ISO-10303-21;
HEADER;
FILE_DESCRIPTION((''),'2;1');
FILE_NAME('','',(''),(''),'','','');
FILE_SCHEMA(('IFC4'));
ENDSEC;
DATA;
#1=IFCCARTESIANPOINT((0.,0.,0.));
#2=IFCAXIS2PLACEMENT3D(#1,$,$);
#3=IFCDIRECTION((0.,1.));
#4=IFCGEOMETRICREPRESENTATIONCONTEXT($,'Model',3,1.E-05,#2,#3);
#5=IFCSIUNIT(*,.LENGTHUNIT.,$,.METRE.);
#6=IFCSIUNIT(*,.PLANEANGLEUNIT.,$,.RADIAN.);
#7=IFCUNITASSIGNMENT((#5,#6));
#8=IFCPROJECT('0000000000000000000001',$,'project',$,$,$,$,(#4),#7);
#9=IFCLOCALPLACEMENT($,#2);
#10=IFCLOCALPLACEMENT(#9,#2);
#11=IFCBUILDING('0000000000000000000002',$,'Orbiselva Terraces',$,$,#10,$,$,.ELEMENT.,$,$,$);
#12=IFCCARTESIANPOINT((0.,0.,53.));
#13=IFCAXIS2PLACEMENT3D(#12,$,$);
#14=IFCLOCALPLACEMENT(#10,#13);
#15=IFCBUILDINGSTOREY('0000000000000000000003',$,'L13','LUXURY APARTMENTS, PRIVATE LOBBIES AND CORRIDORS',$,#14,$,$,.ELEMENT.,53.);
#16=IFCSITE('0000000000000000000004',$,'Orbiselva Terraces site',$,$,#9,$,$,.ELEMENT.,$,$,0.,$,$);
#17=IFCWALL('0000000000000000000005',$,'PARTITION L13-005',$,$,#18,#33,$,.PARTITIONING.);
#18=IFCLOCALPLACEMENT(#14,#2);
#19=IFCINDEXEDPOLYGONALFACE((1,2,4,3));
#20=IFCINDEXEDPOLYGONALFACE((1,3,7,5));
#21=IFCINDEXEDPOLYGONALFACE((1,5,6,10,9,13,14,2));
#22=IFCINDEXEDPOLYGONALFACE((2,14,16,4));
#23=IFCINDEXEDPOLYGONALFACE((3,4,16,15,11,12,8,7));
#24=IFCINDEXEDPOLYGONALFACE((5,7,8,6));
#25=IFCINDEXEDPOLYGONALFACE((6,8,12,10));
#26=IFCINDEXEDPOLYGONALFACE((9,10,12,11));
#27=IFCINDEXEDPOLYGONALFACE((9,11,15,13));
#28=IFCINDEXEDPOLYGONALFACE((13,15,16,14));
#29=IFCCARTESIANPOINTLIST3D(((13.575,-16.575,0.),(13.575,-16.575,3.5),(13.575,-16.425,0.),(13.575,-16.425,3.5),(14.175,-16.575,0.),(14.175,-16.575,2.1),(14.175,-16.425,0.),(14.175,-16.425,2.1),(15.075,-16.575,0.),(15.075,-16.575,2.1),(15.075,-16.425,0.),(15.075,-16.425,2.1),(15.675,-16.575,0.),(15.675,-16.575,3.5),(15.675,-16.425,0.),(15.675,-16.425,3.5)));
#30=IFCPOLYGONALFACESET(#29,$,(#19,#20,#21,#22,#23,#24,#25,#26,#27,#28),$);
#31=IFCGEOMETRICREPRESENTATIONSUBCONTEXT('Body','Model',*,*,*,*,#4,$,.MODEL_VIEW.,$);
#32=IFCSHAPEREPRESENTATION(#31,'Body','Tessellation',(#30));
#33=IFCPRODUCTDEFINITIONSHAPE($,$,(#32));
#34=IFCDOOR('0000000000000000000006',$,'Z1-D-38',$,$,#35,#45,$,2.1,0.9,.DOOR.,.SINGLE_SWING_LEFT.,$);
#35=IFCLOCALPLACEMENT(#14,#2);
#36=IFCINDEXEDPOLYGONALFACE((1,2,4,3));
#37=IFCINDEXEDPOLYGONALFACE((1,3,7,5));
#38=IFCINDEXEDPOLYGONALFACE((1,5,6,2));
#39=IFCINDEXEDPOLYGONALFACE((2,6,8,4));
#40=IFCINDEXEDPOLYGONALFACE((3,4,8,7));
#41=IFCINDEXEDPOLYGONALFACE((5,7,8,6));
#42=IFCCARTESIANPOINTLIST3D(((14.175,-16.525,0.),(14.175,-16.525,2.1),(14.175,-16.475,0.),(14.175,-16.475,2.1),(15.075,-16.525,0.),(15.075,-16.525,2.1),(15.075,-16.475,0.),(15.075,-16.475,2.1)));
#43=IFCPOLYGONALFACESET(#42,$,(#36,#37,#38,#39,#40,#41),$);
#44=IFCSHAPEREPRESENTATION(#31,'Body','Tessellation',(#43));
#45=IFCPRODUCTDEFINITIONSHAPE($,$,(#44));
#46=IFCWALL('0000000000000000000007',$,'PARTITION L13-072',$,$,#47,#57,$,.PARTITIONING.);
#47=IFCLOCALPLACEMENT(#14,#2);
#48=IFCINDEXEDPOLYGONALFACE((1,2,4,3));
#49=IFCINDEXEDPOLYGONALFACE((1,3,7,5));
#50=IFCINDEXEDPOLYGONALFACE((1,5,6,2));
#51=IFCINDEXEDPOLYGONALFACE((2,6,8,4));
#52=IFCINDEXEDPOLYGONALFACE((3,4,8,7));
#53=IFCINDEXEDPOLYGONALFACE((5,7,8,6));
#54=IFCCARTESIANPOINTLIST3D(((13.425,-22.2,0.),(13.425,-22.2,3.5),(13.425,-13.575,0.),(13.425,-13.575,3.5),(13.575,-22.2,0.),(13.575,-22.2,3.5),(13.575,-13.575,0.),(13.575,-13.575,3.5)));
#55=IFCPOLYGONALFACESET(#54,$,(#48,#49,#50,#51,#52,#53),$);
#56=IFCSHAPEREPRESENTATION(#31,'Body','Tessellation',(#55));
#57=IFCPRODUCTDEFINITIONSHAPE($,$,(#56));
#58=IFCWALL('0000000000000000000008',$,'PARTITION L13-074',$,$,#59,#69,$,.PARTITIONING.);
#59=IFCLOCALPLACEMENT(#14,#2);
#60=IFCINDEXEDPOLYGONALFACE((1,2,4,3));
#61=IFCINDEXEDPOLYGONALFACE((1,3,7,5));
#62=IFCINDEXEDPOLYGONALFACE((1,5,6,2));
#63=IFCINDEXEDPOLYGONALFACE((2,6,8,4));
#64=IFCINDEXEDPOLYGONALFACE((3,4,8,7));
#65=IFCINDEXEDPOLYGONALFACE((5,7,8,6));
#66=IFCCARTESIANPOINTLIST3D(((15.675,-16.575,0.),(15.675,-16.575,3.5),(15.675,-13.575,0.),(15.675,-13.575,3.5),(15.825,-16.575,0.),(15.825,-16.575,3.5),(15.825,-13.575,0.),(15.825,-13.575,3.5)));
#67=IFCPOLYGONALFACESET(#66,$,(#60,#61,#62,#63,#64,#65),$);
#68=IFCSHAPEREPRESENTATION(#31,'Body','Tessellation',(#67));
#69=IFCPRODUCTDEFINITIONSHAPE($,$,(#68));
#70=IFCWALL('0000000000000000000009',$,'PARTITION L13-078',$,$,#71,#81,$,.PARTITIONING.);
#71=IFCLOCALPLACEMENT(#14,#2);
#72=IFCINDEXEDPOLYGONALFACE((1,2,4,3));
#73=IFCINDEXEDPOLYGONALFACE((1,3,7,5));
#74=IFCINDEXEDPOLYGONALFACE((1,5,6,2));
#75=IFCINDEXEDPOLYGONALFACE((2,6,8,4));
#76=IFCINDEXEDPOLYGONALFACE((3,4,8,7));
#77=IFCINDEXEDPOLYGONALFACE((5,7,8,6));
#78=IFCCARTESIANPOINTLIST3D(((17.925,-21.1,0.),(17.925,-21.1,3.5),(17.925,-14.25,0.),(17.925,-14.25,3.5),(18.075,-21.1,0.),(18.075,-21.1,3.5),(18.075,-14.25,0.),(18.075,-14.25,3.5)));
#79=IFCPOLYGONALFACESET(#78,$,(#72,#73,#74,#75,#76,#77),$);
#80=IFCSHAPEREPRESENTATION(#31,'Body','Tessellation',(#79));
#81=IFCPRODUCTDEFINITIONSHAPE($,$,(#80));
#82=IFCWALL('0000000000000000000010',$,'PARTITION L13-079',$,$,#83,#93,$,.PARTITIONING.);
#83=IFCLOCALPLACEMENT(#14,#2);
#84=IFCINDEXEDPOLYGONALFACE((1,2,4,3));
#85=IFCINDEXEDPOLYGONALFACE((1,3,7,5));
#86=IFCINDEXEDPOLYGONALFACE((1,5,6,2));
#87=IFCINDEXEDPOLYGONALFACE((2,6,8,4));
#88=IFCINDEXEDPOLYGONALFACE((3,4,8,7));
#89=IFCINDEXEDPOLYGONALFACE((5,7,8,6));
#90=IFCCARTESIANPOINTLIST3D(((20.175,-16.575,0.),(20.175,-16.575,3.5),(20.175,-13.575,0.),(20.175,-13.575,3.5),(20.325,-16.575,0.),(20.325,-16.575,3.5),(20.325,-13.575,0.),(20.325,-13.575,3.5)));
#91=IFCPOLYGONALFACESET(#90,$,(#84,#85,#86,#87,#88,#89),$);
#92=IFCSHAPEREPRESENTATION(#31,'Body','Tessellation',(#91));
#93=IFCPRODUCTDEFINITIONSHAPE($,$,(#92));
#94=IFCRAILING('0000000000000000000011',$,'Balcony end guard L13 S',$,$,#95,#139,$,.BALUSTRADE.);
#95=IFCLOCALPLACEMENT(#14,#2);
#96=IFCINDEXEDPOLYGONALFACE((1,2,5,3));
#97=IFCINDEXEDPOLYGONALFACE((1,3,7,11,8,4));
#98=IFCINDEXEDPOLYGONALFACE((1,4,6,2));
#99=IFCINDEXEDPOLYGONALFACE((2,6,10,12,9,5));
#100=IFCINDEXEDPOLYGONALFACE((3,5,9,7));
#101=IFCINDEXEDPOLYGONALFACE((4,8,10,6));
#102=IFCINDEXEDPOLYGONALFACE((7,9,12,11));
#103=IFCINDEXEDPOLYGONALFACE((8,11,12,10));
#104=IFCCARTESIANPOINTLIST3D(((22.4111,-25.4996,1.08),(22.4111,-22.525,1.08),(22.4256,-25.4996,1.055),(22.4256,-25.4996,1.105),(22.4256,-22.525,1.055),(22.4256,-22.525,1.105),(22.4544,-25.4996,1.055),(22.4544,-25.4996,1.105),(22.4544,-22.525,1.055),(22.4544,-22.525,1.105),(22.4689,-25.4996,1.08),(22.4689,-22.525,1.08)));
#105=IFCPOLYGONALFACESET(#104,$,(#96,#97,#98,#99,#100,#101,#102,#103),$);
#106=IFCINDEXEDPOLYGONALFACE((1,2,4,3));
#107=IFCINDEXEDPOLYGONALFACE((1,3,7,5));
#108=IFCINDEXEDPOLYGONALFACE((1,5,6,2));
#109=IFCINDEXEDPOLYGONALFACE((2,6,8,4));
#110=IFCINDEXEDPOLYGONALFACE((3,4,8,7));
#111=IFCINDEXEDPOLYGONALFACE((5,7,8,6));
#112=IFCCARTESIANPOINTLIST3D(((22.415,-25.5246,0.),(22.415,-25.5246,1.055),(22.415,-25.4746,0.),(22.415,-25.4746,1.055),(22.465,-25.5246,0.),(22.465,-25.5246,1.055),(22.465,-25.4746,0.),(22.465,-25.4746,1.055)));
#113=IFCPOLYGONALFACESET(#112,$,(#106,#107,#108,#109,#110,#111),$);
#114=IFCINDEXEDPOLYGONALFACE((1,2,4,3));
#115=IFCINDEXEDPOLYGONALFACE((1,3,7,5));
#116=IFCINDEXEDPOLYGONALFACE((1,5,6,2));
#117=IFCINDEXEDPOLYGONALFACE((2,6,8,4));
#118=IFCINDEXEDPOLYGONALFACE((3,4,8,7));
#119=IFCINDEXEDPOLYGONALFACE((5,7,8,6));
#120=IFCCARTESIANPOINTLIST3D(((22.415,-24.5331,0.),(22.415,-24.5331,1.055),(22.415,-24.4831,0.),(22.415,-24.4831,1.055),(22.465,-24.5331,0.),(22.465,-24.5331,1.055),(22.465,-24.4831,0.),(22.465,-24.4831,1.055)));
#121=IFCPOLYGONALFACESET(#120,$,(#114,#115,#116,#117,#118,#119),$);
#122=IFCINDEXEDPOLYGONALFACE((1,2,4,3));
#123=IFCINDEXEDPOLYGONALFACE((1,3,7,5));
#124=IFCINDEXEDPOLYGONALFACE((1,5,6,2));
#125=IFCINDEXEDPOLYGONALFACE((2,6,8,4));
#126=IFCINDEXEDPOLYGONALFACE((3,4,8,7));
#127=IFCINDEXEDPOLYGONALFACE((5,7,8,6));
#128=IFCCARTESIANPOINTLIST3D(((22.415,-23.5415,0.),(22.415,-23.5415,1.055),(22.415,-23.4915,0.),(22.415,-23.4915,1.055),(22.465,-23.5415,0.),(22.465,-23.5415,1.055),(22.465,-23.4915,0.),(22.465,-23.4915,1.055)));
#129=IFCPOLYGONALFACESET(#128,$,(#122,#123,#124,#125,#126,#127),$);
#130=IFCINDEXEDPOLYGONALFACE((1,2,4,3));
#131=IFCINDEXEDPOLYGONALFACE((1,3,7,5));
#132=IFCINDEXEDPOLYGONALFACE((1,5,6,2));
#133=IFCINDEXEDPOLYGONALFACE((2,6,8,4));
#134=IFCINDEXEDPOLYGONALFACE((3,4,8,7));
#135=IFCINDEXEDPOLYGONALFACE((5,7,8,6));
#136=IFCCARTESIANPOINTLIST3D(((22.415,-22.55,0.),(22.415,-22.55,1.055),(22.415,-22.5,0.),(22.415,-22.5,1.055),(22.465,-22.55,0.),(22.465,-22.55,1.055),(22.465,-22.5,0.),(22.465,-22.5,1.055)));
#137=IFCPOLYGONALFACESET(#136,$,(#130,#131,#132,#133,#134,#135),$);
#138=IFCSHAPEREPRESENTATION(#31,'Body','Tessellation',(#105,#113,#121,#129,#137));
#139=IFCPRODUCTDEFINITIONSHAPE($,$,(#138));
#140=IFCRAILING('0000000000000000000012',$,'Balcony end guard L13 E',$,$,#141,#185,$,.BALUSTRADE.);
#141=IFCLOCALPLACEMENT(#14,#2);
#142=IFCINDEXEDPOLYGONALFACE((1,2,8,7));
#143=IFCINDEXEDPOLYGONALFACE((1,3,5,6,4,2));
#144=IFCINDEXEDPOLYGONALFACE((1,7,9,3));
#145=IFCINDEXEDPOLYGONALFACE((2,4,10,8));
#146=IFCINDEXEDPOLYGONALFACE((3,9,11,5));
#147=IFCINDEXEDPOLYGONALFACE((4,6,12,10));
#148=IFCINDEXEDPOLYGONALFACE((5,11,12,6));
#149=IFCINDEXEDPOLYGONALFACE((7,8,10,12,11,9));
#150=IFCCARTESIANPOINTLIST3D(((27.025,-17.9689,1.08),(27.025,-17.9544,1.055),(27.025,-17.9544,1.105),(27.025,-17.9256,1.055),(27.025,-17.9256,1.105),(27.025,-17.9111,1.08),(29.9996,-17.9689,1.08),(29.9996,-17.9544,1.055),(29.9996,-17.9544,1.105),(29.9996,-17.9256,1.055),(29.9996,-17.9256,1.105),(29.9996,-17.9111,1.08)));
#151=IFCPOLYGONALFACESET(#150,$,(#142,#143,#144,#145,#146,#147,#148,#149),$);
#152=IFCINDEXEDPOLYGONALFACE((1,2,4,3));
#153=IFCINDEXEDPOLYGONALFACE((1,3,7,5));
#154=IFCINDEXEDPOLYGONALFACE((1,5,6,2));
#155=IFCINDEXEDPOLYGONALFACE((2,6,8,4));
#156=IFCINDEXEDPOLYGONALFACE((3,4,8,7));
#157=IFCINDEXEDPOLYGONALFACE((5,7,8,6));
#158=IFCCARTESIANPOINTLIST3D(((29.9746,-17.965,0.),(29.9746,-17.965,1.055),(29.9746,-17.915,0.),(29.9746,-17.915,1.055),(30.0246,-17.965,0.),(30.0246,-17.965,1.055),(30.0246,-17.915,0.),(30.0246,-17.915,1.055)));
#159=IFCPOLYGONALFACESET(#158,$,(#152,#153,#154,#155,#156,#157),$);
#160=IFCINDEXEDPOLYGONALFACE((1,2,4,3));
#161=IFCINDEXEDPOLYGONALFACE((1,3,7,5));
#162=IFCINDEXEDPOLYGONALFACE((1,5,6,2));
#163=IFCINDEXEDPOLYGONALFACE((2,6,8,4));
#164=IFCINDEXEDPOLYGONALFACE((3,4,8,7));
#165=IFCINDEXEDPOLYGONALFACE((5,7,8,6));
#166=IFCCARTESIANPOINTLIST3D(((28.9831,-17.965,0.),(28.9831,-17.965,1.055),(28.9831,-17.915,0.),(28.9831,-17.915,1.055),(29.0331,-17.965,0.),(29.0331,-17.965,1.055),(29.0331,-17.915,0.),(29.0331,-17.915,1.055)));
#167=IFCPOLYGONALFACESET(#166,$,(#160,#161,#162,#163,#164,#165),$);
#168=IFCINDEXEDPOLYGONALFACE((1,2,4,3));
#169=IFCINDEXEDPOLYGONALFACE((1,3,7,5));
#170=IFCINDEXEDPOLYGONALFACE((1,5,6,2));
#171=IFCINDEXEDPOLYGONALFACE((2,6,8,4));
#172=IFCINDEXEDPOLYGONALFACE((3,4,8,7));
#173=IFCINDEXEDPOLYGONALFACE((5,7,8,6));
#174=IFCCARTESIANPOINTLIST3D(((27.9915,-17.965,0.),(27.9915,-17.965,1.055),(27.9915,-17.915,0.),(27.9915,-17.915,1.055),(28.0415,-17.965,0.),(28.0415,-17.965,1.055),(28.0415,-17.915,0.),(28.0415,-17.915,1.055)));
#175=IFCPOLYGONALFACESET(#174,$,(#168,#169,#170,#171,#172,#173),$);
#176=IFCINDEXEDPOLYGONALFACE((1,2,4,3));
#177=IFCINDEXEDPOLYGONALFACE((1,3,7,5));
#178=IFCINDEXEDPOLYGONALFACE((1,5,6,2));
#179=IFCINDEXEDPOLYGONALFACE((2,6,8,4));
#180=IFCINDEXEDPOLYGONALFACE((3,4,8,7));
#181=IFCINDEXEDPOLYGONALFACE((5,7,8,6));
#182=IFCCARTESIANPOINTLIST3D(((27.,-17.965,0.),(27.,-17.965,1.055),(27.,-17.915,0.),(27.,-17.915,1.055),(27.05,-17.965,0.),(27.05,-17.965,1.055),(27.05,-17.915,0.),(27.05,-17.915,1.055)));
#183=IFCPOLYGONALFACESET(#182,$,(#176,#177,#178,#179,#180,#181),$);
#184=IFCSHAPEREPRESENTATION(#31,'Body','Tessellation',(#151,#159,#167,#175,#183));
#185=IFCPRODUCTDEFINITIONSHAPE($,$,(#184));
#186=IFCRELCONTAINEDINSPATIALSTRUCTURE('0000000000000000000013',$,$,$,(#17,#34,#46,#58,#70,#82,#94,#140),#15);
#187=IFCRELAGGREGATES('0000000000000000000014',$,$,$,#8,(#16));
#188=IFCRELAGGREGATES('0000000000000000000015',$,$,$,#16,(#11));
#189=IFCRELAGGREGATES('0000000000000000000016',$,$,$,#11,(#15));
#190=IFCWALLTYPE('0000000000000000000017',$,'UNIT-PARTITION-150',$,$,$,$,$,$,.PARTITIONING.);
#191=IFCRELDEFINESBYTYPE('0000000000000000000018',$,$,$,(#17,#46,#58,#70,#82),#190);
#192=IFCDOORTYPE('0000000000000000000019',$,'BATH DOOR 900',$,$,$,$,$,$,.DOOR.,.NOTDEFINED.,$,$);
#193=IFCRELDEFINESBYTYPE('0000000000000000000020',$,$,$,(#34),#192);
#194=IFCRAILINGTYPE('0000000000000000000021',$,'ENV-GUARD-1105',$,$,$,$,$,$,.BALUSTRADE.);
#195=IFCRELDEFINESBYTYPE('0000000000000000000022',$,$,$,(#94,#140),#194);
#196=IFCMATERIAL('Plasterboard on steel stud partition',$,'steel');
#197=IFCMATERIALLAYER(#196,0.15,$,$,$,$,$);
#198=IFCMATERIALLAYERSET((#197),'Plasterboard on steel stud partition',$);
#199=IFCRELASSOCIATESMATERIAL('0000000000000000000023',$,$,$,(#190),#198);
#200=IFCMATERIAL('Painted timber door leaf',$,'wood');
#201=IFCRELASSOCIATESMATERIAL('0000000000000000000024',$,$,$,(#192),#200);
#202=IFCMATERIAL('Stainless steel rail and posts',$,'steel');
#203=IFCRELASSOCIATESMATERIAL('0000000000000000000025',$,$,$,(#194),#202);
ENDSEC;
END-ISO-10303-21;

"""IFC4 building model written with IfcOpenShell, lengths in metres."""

from ifc_helpers import new_model, si_unit, direction, frame, frame_2d, origin, origin_2d, place, context, subcontext, project, spatial, polyline, rectangle, outline, extrude, material, layer, layer_set, type_object, element, fill, save


model = new_model("IFC4")

# Units and contexts
model_context = context("Model", 3, precision=1e-05, world=origin(), true_north=direction((0.0, 1.0)))
body_context = subcontext(model_context, "Body", "Model", "MODEL_VIEW")
ifc_project = project(units=[si_unit("LENGTHUNIT", "METRE"), si_unit("PLANEANGLEUNIT", "RADIAN")], contexts=[model_context])

# Site, building, storey
site_placement = place(None, origin())
site = spatial("IfcSite", under=ifc_project, at=site_placement, Name="Orbiselva Terraces site", CompositionType="ELEMENT", RefElevation=0.0)
building_placement = place(site_placement, origin())
building = spatial("IfcBuilding", under=site, at=building_placement, Name="Orbiselva Terraces", CompositionType="ELEMENT")
storey_placement = place(building_placement, frame((0.0, 0.0, 53.0)))
storey = spatial("IfcBuildingStorey", under=building, at=storey_placement, Name="L13", Description="LUXURY APARTMENTS, PRIVATE LOBBIES AND CORRIDORS", CompositionType="ELEMENT", Elevation=53.0)

# Wall, opening, door
ifc_material_1 = material(Name="Plasterboard on steel stud partition", Category="steel")
ifc_layer_1 = layer(ifc_material_1, 0.15)
ifc_layer_set_1 = layer_set([ifc_layer_1], Name="Plasterboard on steel stud partition")
wall_type_1 = type_object("IfcWallType", Name="UNIT-PARTITION-150", PredefinedType="PARTITIONING", material=ifc_layer_set_1)
wall_1_placement = place(storey_placement, frame((13.575, -16.5, 0.0), z_axis=(0.0, 0.0, 1.0), x_axis=(1.0, 0.0, 0.0)))
wall_1 = element("IfcWall", 1, at=wall_1_placement, inside=storey, type_object=wall_type_1, Name="PARTITION L13-005", PredefinedType="PARTITIONING", context=body_context, shape_type="SweptSolid", body=[
    extrude(rectangle(XDim=2.1, YDim=0.15, at=frame_2d((1.05, 0.0))), origin(), (0.0, 0.0, 1.0), 3.5),
])
opening_1_placement = place(wall_1_placement, frame((0.6, 0.0, 0.0)))
opening_1 = element("IfcOpeningElement", 2, at=opening_1_placement, cuts=wall_1, PredefinedType="OPENING", context=body_context, shape_type="SweptSolid", body=[
    extrude(rectangle(XDim=0.9, YDim=2.1, at=frame_2d((0.45, 1.05))), frame((0.0, 0.085, 0.0), z_axis=(0.0, -1.0, 0.0), x_axis=(1.0, 0.0, 0.0)), (0.0, 0.0, 1.0), 0.17),
])
ifc_material_2 = material(Name="Painted timber door leaf", Category="wood")
door_type_1 = type_object("IfcDoorType", Name="BATH DOOR 900", OperationType="NOTDEFINED", PredefinedType="DOOR", material=ifc_material_2)
door_1_placement = place(opening_1_placement, origin())
door_1 = element("IfcDoor", 3, at=door_1_placement, inside=storey, type_object=door_type_1, Name="Z1-D-38", OperationType="SINGLE_SWING_LEFT", OverallHeight=2.1, OverallWidth=0.9, PredefinedType="DOOR", context=body_context, shape_type="SweptSolid", body=[
    extrude(rectangle(XDim=0.9, YDim=2.1, at=frame_2d((0.45, 1.05))), frame((0.0, 0.025, 0.0), z_axis=(0.0, -1.0, 0.0), x_axis=(1.0, 0.0, 0.0)), (0.0, 0.0, 1.0), 0.05),
])
fill(opening_1, door_1)

# Walls
wall_2_placement = place(storey_placement, frame((13.5, -22.2, 0.0), z_axis=(0.0, 0.0, 1.0), x_axis=(0.0, 1.0, 0.0)))
element("IfcWall", 4, at=wall_2_placement, inside=storey, type_object=wall_type_1, Name="PARTITION L13-072", PredefinedType="PARTITIONING", context=body_context, shape_type="SweptSolid", body=[
    extrude(rectangle(XDim=8.625, YDim=0.15, at=frame_2d((4.3125, 0.0))), origin(), (0.0, 0.0, 1.0), 3.5),
])
wall_3_placement = place(storey_placement, frame((15.75, -16.575, 0.0), z_axis=(0.0, 0.0, 1.0), x_axis=(0.0, 1.0, 0.0)))
element("IfcWall", 5, at=wall_3_placement, inside=storey, type_object=wall_type_1, Name="PARTITION L13-074", PredefinedType="PARTITIONING", context=body_context, shape_type="SweptSolid", body=[
    extrude(rectangle(XDim=3.0, YDim=0.15, at=frame_2d((1.5, 0.0))), origin(), (0.0, 0.0, 1.0), 3.5),
])
wall_4_placement = place(storey_placement, frame((18.0, -21.1, 0.0), z_axis=(0.0, 0.0, 1.0), x_axis=(0.0, 1.0, 0.0)))
element("IfcWall", 6, at=wall_4_placement, inside=storey, type_object=wall_type_1, Name="PARTITION L13-078", PredefinedType="PARTITIONING", context=body_context, shape_type="SweptSolid", body=[
    extrude(rectangle(XDim=6.85, YDim=0.15, at=frame_2d((3.425, 0.0))), origin(), (0.0, 0.0, 1.0), 3.5),
])
wall_5_placement = place(storey_placement, frame((20.25, -16.575, 0.0), z_axis=(0.0, 0.0, 1.0), x_axis=(0.0, 1.0, 0.0)))
element("IfcWall", 7, at=wall_5_placement, inside=storey, type_object=wall_type_1, Name="PARTITION L13-079", PredefinedType="PARTITIONING", context=body_context, shape_type="SweptSolid", body=[
    extrude(rectangle(XDim=3.0, YDim=0.15, at=frame_2d((1.5, 0.0))), origin(), (0.0, 0.0, 1.0), 3.5),
])

# Railings
ifc_material_3 = material(Name="Stainless steel rail and posts", Category="steel")
railing_type_1 = type_object("IfcRailingType", Name="ENV-GUARD-1105", PredefinedType="BALUSTRADE", material=ifc_material_3)
railing_1_placement = place(storey_placement, frame((22.44, -25.4996, 0.0)))
element("IfcRailing", 8, at=railing_1_placement, inside=storey, type_object=railing_type_1, Name="Balcony end guard L13 S", PredefinedType="BALUSTRADE", context=body_context, shape_type="SweptSolid", body=[
    extrude(outline(polyline([(0.0289, 0.0), (0.0144, 0.025), (-0.0144, 0.025), (-0.0289, 0.0), (-0.0144, -0.025), (0.0144, -0.025), (0.0289, 0.0)])), frame((0.0, 0.0, 1.08), z_axis=(0.0, 1.0, 0.0), x_axis=(-1.0, 0.0, 0.0)), (0.0, 0.0, 1.0), 2.9746),
    extrude(rectangle(XDim=0.05, YDim=0.05, at=origin_2d()), origin(), (0.0, 0.0, 1.0), 1.055),
    extrude(rectangle(XDim=0.05, YDim=0.05, at=origin_2d()), frame((0.0, 0.9915, 0.0)), (0.0, 0.0, 1.0), 1.055),
    extrude(rectangle(XDim=0.05, YDim=0.05, at=origin_2d()), frame((0.0, 1.9831, 0.0)), (0.0, 0.0, 1.0), 1.055),
    extrude(rectangle(XDim=0.05, YDim=0.05, at=origin_2d()), frame((0.0, 2.9746, 0.0)), (0.0, 0.0, 1.0), 1.055),
])
railing_2_placement = place(storey_placement, frame((29.9996, -17.94, 0.0)))
element("IfcRailing", 9, at=railing_2_placement, inside=storey, type_object=railing_type_1, Name="Balcony end guard L13 E", PredefinedType="BALUSTRADE", context=body_context, shape_type="SweptSolid", body=[
    extrude(outline(polyline([(0.0289, 0.0), (0.0144, 0.025), (-0.0144, 0.025), (-0.0289, 0.0), (-0.0144, -0.025), (0.0144, -0.025), (0.0289, 0.0)])), frame((0.0, 0.0, 1.08), z_axis=(-1.0, 0.0, 0.0), x_axis=(0.0, -1.0, 0.0)), (0.0, 0.0, 1.0), 2.9746),
    extrude(rectangle(XDim=0.05, YDim=0.05, at=origin_2d()), origin(), (0.0, 0.0, 1.0), 1.055),
    extrude(rectangle(XDim=0.05, YDim=0.05, at=origin_2d()), frame((-0.9915, 0.0, 0.0)), (0.0, 0.0, 1.0), 1.055),
    extrude(rectangle(XDim=0.05, YDim=0.05, at=origin_2d()), frame((-1.9831, 0.0, 0.0)), (0.0, 0.0, 1.0), 1.055),
    extrude(rectangle(XDim=0.05, YDim=0.05, at=origin_2d()), frame((-2.9746, 0.0, 0.0)), (0.0, 0.0, 1.0), 1.055),
])

save(model, "model.ifc")
